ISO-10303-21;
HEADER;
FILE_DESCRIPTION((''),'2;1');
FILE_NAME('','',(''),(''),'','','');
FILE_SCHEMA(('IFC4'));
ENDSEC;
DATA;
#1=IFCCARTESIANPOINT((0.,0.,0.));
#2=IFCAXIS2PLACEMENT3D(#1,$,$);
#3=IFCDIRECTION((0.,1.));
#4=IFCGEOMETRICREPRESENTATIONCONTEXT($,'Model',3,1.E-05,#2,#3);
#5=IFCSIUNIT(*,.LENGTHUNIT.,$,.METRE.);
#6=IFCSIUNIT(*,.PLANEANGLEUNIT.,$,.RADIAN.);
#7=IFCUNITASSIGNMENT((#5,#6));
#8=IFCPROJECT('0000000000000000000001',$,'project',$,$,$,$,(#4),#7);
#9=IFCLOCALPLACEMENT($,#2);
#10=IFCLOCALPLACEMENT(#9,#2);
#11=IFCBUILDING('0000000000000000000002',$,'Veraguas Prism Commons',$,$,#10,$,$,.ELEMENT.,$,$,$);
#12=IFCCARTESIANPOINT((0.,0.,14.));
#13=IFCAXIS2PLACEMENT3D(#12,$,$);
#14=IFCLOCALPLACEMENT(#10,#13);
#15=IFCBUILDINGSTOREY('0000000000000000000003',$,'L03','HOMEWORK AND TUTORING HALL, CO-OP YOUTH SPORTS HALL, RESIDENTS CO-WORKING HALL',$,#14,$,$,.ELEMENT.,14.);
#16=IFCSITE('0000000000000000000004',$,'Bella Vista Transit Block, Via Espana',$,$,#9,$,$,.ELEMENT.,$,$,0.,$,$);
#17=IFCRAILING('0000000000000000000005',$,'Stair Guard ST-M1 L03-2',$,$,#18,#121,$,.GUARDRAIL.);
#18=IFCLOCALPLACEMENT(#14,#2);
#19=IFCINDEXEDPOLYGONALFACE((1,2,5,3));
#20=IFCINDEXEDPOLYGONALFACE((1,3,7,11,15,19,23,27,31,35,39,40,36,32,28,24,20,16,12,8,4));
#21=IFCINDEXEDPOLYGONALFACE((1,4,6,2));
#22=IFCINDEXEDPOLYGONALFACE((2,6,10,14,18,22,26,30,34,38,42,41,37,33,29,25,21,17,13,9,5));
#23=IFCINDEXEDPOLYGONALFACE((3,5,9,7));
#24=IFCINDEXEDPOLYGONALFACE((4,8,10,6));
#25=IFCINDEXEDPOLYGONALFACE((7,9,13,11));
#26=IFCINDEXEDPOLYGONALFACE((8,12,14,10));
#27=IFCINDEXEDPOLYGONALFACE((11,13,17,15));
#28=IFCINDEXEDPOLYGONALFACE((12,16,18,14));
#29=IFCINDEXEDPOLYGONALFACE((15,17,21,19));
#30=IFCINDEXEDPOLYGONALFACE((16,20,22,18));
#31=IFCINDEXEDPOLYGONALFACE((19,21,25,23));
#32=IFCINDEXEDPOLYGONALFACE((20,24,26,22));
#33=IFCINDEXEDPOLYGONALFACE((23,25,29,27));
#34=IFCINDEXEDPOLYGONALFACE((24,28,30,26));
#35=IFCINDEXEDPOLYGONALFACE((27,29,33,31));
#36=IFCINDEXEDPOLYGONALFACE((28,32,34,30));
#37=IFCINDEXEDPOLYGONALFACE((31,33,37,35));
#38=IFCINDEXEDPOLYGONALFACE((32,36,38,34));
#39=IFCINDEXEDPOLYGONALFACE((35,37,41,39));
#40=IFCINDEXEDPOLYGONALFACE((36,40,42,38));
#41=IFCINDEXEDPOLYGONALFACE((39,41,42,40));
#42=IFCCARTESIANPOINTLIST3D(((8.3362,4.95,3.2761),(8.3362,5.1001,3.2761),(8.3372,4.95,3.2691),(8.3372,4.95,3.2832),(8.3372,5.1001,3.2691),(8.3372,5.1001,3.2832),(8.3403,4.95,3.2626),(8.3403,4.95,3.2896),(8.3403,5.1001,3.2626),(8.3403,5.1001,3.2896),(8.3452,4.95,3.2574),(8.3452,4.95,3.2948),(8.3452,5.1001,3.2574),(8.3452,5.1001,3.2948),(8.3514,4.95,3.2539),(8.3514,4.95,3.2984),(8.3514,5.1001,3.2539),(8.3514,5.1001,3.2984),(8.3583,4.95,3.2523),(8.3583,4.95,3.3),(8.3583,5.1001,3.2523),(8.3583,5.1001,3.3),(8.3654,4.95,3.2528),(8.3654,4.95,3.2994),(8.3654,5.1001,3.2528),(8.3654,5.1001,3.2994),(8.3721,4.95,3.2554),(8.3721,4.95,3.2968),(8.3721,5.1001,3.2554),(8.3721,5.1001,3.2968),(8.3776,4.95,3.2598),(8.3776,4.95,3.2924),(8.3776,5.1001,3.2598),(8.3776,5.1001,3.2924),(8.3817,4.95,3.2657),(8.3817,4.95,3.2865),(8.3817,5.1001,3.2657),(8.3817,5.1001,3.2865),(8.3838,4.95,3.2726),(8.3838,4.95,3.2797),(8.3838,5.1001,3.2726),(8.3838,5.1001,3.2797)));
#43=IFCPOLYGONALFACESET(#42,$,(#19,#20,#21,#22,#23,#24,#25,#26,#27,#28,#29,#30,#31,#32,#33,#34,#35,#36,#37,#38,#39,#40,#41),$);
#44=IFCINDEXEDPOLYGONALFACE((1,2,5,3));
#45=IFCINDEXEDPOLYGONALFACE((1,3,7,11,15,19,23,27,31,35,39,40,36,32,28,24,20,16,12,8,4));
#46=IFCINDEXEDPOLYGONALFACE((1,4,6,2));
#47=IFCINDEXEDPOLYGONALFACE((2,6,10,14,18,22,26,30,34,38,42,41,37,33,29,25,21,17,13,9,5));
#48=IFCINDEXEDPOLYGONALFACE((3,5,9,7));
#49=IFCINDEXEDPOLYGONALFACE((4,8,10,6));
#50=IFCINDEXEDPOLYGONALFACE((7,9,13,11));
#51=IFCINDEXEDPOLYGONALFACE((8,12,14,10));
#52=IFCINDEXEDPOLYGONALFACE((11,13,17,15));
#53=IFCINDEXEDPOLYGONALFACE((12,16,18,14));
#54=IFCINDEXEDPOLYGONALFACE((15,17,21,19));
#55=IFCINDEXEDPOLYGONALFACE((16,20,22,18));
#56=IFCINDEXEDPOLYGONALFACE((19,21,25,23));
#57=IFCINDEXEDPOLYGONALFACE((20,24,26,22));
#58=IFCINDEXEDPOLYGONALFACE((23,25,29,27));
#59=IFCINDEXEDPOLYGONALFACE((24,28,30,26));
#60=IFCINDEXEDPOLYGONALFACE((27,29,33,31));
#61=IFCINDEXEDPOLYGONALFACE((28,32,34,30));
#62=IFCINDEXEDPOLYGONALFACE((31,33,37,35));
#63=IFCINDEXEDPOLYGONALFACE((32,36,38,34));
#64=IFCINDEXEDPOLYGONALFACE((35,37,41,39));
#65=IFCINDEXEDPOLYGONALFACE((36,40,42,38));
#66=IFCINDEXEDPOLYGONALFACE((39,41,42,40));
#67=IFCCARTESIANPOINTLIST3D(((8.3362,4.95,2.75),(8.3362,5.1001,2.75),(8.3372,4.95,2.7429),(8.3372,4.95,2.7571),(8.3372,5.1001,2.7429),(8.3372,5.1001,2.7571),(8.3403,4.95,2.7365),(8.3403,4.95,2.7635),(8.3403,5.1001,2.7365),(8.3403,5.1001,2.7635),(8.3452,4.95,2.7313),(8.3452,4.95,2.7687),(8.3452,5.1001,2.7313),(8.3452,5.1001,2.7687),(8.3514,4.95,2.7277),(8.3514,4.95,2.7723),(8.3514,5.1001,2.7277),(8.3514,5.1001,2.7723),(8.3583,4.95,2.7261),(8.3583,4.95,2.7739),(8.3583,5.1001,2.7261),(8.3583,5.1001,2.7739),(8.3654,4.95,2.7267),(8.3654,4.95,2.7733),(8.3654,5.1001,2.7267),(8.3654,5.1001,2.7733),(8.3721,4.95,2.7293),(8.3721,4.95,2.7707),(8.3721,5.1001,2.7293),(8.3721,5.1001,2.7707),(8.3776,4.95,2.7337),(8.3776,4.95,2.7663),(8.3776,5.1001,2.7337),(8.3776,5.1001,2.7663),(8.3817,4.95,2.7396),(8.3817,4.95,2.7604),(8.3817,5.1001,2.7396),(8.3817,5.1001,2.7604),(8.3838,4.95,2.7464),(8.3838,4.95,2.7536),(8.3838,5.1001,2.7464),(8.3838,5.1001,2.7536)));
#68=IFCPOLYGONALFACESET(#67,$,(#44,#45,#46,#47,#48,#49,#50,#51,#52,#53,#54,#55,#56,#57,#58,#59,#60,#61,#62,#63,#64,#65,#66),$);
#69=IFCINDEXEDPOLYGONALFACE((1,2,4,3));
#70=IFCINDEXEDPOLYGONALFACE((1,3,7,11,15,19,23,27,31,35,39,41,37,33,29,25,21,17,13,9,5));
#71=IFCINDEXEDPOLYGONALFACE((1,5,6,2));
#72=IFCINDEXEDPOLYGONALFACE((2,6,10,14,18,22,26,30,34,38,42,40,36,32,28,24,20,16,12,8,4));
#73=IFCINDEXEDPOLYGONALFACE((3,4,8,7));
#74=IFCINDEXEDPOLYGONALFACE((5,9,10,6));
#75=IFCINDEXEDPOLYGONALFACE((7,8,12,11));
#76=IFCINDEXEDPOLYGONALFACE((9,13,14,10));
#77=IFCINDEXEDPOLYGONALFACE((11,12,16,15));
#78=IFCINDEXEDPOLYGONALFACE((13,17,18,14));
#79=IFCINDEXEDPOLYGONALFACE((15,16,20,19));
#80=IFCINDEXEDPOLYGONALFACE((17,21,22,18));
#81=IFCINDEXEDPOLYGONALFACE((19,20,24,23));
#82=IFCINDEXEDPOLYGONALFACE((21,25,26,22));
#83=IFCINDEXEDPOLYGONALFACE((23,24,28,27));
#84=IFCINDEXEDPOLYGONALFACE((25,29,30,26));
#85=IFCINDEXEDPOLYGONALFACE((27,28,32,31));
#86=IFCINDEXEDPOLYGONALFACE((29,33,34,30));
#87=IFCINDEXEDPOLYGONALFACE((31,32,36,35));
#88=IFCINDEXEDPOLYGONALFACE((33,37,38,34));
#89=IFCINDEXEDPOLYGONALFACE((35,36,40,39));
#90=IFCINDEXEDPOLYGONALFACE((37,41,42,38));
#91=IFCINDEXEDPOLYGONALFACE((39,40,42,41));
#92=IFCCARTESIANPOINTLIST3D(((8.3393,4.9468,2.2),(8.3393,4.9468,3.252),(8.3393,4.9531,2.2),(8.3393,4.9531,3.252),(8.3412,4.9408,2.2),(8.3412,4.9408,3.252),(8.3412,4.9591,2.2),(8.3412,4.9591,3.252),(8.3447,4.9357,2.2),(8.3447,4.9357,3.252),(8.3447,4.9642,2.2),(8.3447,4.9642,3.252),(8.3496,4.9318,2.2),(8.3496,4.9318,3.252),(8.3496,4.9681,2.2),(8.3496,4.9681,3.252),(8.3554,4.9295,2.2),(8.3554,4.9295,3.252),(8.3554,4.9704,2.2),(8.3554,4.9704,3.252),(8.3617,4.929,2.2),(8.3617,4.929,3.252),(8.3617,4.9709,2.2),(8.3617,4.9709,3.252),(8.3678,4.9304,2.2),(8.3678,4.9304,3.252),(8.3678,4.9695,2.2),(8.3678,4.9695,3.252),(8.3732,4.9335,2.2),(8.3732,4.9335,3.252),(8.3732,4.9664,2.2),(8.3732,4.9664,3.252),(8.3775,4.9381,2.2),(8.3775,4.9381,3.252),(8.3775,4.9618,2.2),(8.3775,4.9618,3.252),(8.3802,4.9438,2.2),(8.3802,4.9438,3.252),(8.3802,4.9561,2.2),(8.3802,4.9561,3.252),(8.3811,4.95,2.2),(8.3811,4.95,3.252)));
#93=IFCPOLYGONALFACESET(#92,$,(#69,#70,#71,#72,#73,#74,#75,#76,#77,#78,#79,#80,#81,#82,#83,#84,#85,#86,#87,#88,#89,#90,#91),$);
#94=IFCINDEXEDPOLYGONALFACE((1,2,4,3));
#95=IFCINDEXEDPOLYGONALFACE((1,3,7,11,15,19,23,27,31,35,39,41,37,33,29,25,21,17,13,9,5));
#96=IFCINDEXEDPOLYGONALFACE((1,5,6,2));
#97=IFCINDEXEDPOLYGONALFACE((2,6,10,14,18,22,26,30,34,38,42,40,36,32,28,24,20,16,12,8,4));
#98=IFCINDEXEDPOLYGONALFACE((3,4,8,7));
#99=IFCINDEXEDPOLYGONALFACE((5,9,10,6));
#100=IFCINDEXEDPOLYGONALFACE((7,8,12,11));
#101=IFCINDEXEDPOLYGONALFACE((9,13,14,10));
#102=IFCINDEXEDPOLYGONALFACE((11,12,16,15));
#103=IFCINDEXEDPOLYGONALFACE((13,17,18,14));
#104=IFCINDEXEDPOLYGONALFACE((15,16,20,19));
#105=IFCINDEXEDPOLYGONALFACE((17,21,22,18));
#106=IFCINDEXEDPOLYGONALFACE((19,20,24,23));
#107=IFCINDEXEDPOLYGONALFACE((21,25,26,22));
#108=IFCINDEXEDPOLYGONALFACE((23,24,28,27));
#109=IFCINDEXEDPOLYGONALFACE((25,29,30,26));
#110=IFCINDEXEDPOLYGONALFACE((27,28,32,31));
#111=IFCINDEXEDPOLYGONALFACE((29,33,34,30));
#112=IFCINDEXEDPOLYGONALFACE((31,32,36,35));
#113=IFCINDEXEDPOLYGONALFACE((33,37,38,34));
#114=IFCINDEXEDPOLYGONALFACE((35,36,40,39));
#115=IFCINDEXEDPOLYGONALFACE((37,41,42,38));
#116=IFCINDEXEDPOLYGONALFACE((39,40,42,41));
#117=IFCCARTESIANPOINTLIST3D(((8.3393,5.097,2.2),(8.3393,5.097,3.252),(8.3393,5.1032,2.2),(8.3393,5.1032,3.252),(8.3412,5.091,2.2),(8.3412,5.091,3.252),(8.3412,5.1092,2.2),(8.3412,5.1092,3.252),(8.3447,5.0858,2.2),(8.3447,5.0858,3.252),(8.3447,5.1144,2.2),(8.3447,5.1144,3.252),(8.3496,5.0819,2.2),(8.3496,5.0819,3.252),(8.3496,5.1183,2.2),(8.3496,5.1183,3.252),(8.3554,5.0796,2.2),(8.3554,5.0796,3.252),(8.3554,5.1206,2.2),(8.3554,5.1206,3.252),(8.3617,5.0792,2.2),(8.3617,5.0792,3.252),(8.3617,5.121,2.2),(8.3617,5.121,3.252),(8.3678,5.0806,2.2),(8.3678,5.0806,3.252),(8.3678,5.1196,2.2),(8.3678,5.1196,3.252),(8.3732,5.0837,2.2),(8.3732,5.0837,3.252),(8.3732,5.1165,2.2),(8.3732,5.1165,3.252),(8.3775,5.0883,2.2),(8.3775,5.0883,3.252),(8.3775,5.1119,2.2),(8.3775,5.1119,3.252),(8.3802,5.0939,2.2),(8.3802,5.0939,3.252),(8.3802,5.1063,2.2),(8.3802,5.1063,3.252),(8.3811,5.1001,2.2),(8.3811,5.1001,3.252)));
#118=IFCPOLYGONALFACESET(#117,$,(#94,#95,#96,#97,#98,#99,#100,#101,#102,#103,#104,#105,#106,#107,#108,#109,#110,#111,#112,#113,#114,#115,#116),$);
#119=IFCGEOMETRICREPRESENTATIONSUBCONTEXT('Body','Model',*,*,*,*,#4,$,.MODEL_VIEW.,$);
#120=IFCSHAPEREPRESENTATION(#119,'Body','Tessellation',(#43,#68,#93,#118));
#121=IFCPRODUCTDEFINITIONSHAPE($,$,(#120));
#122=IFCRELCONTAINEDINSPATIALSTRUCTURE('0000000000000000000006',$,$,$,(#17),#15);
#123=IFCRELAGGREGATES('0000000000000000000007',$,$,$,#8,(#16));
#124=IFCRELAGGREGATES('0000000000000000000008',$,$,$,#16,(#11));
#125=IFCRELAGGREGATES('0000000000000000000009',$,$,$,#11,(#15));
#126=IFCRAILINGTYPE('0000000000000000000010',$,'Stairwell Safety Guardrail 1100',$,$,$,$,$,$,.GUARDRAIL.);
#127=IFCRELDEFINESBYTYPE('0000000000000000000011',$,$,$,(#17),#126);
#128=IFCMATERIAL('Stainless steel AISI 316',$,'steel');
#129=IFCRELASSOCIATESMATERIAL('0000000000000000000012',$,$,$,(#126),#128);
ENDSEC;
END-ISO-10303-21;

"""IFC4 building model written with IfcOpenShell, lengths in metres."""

from ifc_helpers import new_model, si_unit, direction, frame, origin, origin_2d, place, context, subcontext, project, spatial, circle, extrude, material, type_object, element, save


model = new_model("IFC4")

# Units and contexts
model_context = context("Model", 3, precision=1e-05, world=origin(), true_north=direction((0.0, 1.0)))
body_context = subcontext(model_context, "Body", "Model", "MODEL_VIEW")
ifc_project = project(units=[si_unit("LENGTHUNIT", "METRE"), si_unit("PLANEANGLEUNIT", "RADIAN")], contexts=[model_context])

# Site, building, storey
site_placement = place(None, origin())
site = spatial("IfcSite", under=ifc_project, at=site_placement, Name="Bella Vista Transit Block, Via Espana", CompositionType="ELEMENT", RefElevation=0.0)
building_placement = place(site_placement, origin())
building = spatial("IfcBuilding", under=site, at=building_placement, Name="Veraguas Prism Commons", CompositionType="ELEMENT")
storey_placement = place(building_placement, frame((0.0, 0.0, 14.0)))
storey = spatial("IfcBuildingStorey", under=building, at=storey_placement, Name="L03", Description="HOMEWORK AND TUTORING HALL, CO-OP YOUTH SPORTS HALL, RESIDENTS CO-WORKING HALL", CompositionType="ELEMENT", Elevation=14.0)

# Railing
ifc_material_1 = material(Name="Stainless steel AISI 316", Category="steel")
railing_type_1 = type_object("IfcRailingType", Name="Stairwell Safety Guardrail 1100", PredefinedType="GUARDRAIL", material=ifc_material_1)
railing_1_placement = place(storey_placement, frame((8.3601, 4.95, 2.2)))
element("IfcRailing", 1, at=railing_1_placement, inside=storey, type_object=railing_type_1, Name="Stair Guard ST-M1 L03-2", PredefinedType="GUARDRAIL", context=body_context, shape_type="SweptSolid", body=[
    extrude(circle(Radius=0.0239, at=origin_2d()), frame((0.0, 0.0, 1.0762), z_axis=(0.0, 1.0, 0.0), x_axis=(-1.0, 0.0, 0.0)), (0.0, 0.0, 1.0), 0.1501),
    extrude(circle(Radius=0.0239, at=origin_2d()), frame((0.0, 0.0, 0.55), z_axis=(0.0, 1.0, 0.0), x_axis=(-1.0, 0.0, 0.0)), (0.0, 0.0, 1.0), 0.1501),
    extrude(circle(Radius=0.021, at=origin_2d()), origin(), (0.0, 0.0, 1.0), 1.052),
    extrude(circle(Radius=0.021, at=origin_2d()), frame((0.0, 0.1501, 0.0)), (0.0, 0.0, 1.0), 1.052),
])

save(model, "model.ifc")
